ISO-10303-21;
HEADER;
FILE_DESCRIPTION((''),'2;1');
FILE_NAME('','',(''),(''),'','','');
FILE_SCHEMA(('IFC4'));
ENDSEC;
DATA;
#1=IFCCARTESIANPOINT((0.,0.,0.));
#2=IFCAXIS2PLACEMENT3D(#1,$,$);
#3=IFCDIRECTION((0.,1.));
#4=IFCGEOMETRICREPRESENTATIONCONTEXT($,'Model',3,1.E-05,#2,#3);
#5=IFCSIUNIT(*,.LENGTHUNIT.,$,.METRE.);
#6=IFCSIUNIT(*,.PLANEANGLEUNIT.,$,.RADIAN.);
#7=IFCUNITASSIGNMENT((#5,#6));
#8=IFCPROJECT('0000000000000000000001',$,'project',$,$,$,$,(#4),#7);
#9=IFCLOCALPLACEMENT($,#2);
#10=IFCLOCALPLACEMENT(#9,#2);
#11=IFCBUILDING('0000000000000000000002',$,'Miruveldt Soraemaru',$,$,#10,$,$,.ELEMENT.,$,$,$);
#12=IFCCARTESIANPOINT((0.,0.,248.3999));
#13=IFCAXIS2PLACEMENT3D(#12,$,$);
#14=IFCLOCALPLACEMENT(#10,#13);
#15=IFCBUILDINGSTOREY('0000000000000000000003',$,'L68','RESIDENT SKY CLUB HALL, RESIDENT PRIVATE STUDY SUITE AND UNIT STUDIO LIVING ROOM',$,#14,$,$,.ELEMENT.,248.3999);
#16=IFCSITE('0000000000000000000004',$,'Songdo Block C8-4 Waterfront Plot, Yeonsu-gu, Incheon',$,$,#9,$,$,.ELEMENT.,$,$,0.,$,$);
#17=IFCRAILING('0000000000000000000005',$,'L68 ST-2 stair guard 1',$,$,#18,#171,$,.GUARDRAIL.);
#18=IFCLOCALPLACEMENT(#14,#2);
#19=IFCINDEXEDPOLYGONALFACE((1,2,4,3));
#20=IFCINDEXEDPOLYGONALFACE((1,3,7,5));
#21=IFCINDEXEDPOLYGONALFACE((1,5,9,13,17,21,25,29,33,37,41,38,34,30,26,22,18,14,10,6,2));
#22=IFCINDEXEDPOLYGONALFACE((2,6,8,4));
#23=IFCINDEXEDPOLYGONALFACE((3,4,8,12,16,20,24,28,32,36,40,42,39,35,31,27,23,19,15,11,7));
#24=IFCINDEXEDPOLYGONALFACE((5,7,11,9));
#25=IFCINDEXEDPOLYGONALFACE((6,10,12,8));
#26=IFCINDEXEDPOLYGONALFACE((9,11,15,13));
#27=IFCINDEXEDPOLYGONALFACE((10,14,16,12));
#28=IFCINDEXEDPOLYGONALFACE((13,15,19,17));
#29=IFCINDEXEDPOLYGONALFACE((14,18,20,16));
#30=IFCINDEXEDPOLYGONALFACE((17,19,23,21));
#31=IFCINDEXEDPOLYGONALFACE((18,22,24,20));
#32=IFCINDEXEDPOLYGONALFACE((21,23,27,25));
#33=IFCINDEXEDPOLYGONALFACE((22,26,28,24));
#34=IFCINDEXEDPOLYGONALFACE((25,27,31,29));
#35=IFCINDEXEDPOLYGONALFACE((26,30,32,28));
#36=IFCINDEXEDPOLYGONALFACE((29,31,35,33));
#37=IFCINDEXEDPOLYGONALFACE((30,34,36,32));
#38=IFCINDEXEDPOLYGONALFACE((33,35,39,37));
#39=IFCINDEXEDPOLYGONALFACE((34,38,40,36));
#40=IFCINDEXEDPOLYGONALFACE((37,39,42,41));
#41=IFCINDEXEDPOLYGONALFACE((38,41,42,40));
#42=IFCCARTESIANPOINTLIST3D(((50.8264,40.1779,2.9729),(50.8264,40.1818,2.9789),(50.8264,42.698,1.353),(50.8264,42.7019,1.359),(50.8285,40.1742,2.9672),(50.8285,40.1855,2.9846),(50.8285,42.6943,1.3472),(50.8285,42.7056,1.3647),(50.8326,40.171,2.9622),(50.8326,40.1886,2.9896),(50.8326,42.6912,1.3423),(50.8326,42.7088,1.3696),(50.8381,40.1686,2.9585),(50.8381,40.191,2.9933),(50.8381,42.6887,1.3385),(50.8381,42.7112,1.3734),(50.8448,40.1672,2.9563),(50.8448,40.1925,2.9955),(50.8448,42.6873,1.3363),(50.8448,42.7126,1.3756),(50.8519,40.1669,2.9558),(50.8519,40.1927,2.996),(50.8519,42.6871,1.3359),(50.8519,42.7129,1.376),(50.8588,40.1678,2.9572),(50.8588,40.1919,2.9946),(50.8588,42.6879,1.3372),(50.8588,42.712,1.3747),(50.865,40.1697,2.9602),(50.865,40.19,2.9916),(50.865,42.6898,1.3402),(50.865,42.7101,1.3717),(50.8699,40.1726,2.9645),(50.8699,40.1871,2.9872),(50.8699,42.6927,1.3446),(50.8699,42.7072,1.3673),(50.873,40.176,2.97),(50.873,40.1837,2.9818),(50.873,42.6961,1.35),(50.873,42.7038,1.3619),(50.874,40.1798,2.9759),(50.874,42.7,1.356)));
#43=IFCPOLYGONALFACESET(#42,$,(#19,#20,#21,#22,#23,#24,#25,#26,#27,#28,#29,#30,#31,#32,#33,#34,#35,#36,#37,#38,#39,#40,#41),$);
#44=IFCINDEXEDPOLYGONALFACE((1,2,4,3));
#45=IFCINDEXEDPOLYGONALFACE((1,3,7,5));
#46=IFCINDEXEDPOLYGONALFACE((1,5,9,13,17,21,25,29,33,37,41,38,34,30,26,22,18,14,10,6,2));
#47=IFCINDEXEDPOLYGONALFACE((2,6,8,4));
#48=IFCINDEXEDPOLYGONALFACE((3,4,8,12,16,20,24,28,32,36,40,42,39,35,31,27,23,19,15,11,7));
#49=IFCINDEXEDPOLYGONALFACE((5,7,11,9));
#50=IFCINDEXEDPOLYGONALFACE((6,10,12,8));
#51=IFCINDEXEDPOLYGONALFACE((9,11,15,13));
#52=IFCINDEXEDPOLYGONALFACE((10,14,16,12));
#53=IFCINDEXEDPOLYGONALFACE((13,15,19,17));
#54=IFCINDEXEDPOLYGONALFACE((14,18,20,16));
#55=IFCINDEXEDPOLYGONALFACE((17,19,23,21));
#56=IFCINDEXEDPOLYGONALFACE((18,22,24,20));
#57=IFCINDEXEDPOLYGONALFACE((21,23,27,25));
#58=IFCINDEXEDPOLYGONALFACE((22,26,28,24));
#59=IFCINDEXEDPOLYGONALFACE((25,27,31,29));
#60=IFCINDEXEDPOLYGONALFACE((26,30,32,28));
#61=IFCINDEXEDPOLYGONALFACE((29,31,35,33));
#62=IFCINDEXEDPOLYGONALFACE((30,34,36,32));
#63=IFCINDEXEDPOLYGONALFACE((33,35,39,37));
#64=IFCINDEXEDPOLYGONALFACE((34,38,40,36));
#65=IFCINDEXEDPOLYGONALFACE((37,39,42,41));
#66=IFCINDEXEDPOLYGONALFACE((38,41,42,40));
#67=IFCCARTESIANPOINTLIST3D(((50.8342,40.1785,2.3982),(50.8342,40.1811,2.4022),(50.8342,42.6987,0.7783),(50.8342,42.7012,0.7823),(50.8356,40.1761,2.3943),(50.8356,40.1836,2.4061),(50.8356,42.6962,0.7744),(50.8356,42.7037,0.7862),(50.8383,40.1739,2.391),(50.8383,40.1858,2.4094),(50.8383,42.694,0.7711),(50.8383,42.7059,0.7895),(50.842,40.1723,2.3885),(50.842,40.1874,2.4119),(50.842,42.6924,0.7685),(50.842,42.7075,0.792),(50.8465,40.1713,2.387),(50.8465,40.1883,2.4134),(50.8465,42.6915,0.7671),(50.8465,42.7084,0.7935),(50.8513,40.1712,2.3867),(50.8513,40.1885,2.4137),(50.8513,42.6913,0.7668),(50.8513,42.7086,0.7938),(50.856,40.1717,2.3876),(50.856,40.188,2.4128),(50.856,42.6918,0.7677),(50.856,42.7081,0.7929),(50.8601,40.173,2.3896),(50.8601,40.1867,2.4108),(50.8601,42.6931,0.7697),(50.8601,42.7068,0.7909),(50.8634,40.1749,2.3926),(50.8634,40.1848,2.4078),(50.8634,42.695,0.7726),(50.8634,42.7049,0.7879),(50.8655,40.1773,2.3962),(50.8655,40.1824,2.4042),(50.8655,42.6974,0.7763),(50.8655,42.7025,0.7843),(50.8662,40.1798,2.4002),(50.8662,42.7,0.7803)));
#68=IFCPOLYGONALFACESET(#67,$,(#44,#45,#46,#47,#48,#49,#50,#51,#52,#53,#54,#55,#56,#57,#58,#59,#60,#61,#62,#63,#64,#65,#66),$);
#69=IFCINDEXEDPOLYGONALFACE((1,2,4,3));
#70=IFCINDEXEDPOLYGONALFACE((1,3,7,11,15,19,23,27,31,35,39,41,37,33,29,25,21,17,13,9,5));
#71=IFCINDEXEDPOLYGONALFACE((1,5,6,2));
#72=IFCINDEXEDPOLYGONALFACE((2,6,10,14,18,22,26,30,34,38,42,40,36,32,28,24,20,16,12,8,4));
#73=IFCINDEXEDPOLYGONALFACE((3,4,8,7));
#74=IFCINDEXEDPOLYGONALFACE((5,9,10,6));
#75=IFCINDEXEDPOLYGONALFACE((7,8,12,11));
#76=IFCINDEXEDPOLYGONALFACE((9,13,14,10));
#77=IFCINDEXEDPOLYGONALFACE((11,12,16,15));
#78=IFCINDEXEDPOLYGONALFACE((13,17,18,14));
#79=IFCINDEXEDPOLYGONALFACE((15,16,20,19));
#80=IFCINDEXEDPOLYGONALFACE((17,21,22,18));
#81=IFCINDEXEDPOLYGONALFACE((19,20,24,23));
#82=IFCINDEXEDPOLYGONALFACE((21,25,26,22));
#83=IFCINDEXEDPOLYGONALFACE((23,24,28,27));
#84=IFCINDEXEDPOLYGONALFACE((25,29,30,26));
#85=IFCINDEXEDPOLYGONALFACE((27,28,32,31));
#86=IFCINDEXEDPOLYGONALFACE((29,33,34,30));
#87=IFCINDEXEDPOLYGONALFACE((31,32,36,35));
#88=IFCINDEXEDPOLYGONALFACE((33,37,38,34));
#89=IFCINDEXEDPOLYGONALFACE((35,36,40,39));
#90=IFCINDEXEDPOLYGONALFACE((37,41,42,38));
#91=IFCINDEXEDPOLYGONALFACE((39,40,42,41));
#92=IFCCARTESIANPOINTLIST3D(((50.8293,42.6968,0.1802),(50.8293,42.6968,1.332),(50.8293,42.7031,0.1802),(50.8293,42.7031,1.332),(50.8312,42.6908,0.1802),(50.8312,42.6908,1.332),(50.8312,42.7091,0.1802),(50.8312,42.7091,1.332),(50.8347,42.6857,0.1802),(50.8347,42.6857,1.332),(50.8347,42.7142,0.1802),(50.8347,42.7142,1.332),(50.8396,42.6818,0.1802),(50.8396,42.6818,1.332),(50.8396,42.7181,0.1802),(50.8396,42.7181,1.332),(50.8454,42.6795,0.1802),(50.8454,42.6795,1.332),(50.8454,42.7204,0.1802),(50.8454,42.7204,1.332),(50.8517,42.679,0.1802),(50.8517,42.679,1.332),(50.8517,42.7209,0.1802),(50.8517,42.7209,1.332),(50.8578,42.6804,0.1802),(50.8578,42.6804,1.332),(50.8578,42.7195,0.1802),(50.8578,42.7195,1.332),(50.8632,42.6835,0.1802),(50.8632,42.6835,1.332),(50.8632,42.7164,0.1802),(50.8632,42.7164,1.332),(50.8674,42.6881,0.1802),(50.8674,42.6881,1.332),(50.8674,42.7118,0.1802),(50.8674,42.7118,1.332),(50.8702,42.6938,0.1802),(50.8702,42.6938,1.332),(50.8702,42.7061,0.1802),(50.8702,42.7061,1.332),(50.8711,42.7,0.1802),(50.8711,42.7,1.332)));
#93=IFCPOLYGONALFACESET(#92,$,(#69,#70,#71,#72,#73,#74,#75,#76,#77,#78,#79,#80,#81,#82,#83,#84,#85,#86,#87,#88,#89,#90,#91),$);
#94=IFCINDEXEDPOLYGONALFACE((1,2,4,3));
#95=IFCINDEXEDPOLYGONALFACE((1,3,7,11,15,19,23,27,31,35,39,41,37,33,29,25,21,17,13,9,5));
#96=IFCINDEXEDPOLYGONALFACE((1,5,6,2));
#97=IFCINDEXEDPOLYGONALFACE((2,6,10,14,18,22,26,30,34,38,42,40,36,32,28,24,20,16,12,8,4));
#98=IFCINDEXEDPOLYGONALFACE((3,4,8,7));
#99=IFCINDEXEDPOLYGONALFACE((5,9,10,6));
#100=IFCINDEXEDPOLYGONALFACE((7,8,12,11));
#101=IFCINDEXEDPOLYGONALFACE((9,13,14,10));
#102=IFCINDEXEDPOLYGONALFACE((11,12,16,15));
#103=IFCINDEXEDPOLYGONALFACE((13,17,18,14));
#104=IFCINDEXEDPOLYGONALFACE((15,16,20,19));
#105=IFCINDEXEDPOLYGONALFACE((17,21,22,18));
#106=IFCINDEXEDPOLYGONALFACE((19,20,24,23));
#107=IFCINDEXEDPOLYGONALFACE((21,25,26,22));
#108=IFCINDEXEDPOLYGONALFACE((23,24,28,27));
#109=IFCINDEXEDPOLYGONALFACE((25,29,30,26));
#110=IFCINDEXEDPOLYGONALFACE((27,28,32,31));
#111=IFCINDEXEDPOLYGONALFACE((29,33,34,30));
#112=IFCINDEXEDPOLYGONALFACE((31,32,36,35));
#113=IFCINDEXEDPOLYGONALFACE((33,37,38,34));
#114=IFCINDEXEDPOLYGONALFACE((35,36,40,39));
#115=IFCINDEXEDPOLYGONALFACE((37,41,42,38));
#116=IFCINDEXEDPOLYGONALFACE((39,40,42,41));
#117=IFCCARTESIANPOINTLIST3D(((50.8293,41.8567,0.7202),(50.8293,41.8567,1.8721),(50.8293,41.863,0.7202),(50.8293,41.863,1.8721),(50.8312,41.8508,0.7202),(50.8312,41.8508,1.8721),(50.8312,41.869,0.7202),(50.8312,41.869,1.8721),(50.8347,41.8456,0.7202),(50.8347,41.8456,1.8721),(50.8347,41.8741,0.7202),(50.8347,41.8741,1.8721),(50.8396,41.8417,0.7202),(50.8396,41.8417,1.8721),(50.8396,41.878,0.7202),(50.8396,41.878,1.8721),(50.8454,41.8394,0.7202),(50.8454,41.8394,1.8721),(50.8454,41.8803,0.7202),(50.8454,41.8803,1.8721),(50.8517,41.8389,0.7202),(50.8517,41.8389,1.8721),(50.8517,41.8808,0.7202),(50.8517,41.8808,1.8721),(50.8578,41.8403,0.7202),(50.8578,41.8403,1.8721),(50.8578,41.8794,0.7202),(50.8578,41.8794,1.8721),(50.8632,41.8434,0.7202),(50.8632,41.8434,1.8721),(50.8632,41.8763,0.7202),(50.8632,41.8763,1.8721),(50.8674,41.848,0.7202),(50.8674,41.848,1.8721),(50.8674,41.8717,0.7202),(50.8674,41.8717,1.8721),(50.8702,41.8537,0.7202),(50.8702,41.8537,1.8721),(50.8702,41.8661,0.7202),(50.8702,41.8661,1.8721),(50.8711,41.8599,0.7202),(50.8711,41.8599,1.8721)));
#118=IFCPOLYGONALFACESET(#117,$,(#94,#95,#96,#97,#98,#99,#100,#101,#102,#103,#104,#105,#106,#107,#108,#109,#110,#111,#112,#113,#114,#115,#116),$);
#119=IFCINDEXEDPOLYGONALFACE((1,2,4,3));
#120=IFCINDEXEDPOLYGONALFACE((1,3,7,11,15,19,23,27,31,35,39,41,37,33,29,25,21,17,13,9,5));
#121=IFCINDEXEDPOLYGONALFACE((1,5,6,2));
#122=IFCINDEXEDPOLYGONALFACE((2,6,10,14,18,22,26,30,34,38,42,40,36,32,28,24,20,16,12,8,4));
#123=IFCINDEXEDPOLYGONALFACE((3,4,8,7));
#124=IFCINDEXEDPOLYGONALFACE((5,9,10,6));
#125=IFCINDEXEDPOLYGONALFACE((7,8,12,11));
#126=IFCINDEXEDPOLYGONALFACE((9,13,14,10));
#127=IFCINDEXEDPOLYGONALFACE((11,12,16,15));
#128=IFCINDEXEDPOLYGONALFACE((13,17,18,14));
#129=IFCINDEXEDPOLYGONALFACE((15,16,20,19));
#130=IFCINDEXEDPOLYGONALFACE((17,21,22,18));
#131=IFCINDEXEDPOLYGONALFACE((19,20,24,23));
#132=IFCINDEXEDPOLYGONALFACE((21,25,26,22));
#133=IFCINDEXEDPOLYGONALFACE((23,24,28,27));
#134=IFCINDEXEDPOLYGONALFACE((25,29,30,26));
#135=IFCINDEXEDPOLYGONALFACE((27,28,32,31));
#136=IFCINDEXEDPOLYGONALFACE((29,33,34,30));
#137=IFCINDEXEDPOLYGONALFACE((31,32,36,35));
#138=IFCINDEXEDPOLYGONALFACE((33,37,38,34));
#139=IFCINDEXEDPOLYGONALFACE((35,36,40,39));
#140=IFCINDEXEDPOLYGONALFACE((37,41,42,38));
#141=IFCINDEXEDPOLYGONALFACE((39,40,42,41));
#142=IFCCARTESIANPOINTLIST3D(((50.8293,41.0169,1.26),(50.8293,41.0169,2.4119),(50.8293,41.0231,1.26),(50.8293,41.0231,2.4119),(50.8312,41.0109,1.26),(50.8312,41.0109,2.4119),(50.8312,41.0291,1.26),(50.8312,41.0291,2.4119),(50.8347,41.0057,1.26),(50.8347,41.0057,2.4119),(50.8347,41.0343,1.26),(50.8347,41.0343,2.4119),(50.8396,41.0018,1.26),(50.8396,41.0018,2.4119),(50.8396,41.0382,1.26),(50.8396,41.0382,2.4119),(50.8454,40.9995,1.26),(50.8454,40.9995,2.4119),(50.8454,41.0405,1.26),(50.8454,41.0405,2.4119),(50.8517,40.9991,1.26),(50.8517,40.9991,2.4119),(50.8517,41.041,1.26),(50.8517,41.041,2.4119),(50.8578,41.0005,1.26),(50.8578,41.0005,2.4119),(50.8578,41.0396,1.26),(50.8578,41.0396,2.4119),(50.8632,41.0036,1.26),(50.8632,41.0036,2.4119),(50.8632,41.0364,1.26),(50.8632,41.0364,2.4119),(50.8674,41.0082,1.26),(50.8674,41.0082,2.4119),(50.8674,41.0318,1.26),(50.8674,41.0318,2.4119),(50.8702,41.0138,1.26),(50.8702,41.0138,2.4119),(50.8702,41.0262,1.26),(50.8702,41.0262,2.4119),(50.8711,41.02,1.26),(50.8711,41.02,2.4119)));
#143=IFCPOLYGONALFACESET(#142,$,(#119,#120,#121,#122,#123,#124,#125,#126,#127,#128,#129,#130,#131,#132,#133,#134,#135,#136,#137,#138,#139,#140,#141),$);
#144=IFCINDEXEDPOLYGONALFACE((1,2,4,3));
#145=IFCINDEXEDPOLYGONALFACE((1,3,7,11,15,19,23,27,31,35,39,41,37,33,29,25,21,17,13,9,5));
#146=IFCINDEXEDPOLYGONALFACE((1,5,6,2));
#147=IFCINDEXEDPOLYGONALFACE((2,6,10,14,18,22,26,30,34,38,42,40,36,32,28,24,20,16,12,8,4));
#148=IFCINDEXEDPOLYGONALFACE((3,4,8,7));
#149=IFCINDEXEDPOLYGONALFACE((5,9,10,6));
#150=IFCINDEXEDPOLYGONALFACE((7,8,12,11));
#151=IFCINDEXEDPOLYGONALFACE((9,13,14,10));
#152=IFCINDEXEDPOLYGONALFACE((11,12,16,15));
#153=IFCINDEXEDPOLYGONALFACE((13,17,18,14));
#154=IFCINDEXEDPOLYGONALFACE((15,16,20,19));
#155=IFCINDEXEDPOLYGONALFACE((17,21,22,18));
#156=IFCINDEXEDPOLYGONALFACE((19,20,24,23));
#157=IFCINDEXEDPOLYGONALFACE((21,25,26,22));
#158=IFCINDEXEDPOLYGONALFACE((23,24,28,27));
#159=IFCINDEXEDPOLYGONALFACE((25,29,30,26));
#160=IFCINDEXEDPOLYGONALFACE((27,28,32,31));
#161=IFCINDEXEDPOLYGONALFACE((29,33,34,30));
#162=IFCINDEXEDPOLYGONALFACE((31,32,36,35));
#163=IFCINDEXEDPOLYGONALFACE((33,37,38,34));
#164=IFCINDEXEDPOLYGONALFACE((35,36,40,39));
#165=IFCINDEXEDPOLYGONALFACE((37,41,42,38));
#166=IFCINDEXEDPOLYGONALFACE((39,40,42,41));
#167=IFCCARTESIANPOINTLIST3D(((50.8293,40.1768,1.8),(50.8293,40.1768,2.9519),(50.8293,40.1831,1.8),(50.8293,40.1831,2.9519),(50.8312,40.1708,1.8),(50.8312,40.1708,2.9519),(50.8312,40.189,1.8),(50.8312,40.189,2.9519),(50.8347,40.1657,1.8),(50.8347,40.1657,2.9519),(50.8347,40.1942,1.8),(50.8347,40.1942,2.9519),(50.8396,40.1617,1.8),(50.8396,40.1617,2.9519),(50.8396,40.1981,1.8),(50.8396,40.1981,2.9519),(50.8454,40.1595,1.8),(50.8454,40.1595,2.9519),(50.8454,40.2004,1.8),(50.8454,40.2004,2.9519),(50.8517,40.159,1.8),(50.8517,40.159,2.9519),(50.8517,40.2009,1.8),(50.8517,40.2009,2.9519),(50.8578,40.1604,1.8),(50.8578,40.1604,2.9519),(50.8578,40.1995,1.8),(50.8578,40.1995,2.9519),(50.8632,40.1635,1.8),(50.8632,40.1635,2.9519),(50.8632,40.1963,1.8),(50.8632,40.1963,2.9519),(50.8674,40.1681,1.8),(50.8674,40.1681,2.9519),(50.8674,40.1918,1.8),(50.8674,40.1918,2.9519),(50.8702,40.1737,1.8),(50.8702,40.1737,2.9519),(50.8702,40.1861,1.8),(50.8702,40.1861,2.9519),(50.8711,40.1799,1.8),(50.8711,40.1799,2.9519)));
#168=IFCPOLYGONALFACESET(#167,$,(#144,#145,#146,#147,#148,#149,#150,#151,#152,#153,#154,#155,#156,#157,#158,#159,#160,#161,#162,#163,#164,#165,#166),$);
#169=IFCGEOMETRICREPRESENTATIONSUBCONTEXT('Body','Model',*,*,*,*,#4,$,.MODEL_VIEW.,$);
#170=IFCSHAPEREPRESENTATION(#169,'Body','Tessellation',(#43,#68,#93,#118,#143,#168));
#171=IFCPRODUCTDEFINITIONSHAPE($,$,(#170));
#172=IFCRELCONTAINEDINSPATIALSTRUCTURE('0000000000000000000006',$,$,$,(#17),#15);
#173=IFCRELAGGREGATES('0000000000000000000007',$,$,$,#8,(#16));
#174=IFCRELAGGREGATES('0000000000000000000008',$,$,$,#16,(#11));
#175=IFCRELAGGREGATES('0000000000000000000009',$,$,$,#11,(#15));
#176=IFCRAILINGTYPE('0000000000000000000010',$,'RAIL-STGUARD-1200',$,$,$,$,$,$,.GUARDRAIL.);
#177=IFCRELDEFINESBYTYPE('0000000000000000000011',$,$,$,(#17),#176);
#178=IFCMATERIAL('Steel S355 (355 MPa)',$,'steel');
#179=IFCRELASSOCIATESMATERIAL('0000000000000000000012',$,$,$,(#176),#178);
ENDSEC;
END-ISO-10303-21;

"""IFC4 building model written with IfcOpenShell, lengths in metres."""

from ifc_helpers import new_model, si_unit, direction, frame, origin, origin_2d, place, context, subcontext, project, spatial, circle, extrude, material, type_object, element, save


model = new_model("IFC4")

# Units and contexts
model_context = context("Model", 3, precision=1e-05, world=origin(), true_north=direction((0.0, 1.0)))
body_context = subcontext(model_context, "Body", "Model", "MODEL_VIEW")
ifc_project = project(units=[si_unit("LENGTHUNIT", "METRE"), si_unit("PLANEANGLEUNIT", "RADIAN")], contexts=[model_context])

# Site, building, storey
site_placement = place(None, origin())
site = spatial("IfcSite", under=ifc_project, at=site_placement, Name="Songdo Block C8-4 Waterfront Plot, Yeonsu-gu, Incheon", CompositionType="ELEMENT", RefElevation=0.0)
building_placement = place(site_placement, origin())
building = spatial("IfcBuilding", under=site, at=building_placement, Name="Miruveldt Soraemaru", CompositionType="ELEMENT")
storey_placement = place(building_placement, frame((0.0, 0.0, 248.3999)))
storey = spatial("IfcBuildingStorey", under=building, at=storey_placement, Name="L68", Description="RESIDENT SKY CLUB HALL, RESIDENT PRIVATE STUDY SUITE AND UNIT STUDIO LIVING ROOM", CompositionType="ELEMENT", Elevation=248.3999)

# Railing
ifc_material_1 = material(Name="Steel S355 (355 MPa)", Category="steel")
railing_type_1 = type_object("IfcRailingType", Name="RAIL-STGUARD-1200", PredefinedType="GUARDRAIL", material=ifc_material_1)
railing_1_placement = place(storey_placement, frame((50.8501, 42.7, 0.1802)))
element("IfcRailing", 1, at=railing_1_placement, inside=storey, type_object=railing_type_1, Name="L68 ST-2 stair guard 1", PredefinedType="GUARDRAIL", context=body_context, shape_type="SweptSolid", body=[
    extrude(circle(Radius=0.0239, at=origin_2d()), frame((0.0, 0.0, 1.1758), z_axis=(0.0, -0.8412, 0.540725), x_axis=(1.0, 0.0, 0.0)), (0.0, 0.0, 1.0), 2.9958),
    extrude(circle(Radius=0.0161, at=origin_2d()), frame((0.0, 0.0, 0.6001), z_axis=(0.0, -0.8412, 0.540725), x_axis=(1.0, 0.0, 0.0)), (0.0, 0.0, 1.0), 2.9958),
    extrude(circle(Radius=0.021, at=origin_2d()), origin(), (0.0, 0.0, 1.0), 1.1519),
    extrude(circle(Radius=0.021, at=origin_2d()), frame((0.0, -0.8401, 0.54)), (0.0, 0.0, 1.0), 1.1519),
    extrude(circle(Radius=0.021, at=origin_2d()), frame((0.0, -1.6799, 1.0798)), (0.0, 0.0, 1.0), 1.1519),
    extrude(circle(Radius=0.021, at=origin_2d()), frame((0.0, -2.52, 1.6199)), (0.0, 0.0, 1.0), 1.1519),
])

save(model, "model.ifc")
